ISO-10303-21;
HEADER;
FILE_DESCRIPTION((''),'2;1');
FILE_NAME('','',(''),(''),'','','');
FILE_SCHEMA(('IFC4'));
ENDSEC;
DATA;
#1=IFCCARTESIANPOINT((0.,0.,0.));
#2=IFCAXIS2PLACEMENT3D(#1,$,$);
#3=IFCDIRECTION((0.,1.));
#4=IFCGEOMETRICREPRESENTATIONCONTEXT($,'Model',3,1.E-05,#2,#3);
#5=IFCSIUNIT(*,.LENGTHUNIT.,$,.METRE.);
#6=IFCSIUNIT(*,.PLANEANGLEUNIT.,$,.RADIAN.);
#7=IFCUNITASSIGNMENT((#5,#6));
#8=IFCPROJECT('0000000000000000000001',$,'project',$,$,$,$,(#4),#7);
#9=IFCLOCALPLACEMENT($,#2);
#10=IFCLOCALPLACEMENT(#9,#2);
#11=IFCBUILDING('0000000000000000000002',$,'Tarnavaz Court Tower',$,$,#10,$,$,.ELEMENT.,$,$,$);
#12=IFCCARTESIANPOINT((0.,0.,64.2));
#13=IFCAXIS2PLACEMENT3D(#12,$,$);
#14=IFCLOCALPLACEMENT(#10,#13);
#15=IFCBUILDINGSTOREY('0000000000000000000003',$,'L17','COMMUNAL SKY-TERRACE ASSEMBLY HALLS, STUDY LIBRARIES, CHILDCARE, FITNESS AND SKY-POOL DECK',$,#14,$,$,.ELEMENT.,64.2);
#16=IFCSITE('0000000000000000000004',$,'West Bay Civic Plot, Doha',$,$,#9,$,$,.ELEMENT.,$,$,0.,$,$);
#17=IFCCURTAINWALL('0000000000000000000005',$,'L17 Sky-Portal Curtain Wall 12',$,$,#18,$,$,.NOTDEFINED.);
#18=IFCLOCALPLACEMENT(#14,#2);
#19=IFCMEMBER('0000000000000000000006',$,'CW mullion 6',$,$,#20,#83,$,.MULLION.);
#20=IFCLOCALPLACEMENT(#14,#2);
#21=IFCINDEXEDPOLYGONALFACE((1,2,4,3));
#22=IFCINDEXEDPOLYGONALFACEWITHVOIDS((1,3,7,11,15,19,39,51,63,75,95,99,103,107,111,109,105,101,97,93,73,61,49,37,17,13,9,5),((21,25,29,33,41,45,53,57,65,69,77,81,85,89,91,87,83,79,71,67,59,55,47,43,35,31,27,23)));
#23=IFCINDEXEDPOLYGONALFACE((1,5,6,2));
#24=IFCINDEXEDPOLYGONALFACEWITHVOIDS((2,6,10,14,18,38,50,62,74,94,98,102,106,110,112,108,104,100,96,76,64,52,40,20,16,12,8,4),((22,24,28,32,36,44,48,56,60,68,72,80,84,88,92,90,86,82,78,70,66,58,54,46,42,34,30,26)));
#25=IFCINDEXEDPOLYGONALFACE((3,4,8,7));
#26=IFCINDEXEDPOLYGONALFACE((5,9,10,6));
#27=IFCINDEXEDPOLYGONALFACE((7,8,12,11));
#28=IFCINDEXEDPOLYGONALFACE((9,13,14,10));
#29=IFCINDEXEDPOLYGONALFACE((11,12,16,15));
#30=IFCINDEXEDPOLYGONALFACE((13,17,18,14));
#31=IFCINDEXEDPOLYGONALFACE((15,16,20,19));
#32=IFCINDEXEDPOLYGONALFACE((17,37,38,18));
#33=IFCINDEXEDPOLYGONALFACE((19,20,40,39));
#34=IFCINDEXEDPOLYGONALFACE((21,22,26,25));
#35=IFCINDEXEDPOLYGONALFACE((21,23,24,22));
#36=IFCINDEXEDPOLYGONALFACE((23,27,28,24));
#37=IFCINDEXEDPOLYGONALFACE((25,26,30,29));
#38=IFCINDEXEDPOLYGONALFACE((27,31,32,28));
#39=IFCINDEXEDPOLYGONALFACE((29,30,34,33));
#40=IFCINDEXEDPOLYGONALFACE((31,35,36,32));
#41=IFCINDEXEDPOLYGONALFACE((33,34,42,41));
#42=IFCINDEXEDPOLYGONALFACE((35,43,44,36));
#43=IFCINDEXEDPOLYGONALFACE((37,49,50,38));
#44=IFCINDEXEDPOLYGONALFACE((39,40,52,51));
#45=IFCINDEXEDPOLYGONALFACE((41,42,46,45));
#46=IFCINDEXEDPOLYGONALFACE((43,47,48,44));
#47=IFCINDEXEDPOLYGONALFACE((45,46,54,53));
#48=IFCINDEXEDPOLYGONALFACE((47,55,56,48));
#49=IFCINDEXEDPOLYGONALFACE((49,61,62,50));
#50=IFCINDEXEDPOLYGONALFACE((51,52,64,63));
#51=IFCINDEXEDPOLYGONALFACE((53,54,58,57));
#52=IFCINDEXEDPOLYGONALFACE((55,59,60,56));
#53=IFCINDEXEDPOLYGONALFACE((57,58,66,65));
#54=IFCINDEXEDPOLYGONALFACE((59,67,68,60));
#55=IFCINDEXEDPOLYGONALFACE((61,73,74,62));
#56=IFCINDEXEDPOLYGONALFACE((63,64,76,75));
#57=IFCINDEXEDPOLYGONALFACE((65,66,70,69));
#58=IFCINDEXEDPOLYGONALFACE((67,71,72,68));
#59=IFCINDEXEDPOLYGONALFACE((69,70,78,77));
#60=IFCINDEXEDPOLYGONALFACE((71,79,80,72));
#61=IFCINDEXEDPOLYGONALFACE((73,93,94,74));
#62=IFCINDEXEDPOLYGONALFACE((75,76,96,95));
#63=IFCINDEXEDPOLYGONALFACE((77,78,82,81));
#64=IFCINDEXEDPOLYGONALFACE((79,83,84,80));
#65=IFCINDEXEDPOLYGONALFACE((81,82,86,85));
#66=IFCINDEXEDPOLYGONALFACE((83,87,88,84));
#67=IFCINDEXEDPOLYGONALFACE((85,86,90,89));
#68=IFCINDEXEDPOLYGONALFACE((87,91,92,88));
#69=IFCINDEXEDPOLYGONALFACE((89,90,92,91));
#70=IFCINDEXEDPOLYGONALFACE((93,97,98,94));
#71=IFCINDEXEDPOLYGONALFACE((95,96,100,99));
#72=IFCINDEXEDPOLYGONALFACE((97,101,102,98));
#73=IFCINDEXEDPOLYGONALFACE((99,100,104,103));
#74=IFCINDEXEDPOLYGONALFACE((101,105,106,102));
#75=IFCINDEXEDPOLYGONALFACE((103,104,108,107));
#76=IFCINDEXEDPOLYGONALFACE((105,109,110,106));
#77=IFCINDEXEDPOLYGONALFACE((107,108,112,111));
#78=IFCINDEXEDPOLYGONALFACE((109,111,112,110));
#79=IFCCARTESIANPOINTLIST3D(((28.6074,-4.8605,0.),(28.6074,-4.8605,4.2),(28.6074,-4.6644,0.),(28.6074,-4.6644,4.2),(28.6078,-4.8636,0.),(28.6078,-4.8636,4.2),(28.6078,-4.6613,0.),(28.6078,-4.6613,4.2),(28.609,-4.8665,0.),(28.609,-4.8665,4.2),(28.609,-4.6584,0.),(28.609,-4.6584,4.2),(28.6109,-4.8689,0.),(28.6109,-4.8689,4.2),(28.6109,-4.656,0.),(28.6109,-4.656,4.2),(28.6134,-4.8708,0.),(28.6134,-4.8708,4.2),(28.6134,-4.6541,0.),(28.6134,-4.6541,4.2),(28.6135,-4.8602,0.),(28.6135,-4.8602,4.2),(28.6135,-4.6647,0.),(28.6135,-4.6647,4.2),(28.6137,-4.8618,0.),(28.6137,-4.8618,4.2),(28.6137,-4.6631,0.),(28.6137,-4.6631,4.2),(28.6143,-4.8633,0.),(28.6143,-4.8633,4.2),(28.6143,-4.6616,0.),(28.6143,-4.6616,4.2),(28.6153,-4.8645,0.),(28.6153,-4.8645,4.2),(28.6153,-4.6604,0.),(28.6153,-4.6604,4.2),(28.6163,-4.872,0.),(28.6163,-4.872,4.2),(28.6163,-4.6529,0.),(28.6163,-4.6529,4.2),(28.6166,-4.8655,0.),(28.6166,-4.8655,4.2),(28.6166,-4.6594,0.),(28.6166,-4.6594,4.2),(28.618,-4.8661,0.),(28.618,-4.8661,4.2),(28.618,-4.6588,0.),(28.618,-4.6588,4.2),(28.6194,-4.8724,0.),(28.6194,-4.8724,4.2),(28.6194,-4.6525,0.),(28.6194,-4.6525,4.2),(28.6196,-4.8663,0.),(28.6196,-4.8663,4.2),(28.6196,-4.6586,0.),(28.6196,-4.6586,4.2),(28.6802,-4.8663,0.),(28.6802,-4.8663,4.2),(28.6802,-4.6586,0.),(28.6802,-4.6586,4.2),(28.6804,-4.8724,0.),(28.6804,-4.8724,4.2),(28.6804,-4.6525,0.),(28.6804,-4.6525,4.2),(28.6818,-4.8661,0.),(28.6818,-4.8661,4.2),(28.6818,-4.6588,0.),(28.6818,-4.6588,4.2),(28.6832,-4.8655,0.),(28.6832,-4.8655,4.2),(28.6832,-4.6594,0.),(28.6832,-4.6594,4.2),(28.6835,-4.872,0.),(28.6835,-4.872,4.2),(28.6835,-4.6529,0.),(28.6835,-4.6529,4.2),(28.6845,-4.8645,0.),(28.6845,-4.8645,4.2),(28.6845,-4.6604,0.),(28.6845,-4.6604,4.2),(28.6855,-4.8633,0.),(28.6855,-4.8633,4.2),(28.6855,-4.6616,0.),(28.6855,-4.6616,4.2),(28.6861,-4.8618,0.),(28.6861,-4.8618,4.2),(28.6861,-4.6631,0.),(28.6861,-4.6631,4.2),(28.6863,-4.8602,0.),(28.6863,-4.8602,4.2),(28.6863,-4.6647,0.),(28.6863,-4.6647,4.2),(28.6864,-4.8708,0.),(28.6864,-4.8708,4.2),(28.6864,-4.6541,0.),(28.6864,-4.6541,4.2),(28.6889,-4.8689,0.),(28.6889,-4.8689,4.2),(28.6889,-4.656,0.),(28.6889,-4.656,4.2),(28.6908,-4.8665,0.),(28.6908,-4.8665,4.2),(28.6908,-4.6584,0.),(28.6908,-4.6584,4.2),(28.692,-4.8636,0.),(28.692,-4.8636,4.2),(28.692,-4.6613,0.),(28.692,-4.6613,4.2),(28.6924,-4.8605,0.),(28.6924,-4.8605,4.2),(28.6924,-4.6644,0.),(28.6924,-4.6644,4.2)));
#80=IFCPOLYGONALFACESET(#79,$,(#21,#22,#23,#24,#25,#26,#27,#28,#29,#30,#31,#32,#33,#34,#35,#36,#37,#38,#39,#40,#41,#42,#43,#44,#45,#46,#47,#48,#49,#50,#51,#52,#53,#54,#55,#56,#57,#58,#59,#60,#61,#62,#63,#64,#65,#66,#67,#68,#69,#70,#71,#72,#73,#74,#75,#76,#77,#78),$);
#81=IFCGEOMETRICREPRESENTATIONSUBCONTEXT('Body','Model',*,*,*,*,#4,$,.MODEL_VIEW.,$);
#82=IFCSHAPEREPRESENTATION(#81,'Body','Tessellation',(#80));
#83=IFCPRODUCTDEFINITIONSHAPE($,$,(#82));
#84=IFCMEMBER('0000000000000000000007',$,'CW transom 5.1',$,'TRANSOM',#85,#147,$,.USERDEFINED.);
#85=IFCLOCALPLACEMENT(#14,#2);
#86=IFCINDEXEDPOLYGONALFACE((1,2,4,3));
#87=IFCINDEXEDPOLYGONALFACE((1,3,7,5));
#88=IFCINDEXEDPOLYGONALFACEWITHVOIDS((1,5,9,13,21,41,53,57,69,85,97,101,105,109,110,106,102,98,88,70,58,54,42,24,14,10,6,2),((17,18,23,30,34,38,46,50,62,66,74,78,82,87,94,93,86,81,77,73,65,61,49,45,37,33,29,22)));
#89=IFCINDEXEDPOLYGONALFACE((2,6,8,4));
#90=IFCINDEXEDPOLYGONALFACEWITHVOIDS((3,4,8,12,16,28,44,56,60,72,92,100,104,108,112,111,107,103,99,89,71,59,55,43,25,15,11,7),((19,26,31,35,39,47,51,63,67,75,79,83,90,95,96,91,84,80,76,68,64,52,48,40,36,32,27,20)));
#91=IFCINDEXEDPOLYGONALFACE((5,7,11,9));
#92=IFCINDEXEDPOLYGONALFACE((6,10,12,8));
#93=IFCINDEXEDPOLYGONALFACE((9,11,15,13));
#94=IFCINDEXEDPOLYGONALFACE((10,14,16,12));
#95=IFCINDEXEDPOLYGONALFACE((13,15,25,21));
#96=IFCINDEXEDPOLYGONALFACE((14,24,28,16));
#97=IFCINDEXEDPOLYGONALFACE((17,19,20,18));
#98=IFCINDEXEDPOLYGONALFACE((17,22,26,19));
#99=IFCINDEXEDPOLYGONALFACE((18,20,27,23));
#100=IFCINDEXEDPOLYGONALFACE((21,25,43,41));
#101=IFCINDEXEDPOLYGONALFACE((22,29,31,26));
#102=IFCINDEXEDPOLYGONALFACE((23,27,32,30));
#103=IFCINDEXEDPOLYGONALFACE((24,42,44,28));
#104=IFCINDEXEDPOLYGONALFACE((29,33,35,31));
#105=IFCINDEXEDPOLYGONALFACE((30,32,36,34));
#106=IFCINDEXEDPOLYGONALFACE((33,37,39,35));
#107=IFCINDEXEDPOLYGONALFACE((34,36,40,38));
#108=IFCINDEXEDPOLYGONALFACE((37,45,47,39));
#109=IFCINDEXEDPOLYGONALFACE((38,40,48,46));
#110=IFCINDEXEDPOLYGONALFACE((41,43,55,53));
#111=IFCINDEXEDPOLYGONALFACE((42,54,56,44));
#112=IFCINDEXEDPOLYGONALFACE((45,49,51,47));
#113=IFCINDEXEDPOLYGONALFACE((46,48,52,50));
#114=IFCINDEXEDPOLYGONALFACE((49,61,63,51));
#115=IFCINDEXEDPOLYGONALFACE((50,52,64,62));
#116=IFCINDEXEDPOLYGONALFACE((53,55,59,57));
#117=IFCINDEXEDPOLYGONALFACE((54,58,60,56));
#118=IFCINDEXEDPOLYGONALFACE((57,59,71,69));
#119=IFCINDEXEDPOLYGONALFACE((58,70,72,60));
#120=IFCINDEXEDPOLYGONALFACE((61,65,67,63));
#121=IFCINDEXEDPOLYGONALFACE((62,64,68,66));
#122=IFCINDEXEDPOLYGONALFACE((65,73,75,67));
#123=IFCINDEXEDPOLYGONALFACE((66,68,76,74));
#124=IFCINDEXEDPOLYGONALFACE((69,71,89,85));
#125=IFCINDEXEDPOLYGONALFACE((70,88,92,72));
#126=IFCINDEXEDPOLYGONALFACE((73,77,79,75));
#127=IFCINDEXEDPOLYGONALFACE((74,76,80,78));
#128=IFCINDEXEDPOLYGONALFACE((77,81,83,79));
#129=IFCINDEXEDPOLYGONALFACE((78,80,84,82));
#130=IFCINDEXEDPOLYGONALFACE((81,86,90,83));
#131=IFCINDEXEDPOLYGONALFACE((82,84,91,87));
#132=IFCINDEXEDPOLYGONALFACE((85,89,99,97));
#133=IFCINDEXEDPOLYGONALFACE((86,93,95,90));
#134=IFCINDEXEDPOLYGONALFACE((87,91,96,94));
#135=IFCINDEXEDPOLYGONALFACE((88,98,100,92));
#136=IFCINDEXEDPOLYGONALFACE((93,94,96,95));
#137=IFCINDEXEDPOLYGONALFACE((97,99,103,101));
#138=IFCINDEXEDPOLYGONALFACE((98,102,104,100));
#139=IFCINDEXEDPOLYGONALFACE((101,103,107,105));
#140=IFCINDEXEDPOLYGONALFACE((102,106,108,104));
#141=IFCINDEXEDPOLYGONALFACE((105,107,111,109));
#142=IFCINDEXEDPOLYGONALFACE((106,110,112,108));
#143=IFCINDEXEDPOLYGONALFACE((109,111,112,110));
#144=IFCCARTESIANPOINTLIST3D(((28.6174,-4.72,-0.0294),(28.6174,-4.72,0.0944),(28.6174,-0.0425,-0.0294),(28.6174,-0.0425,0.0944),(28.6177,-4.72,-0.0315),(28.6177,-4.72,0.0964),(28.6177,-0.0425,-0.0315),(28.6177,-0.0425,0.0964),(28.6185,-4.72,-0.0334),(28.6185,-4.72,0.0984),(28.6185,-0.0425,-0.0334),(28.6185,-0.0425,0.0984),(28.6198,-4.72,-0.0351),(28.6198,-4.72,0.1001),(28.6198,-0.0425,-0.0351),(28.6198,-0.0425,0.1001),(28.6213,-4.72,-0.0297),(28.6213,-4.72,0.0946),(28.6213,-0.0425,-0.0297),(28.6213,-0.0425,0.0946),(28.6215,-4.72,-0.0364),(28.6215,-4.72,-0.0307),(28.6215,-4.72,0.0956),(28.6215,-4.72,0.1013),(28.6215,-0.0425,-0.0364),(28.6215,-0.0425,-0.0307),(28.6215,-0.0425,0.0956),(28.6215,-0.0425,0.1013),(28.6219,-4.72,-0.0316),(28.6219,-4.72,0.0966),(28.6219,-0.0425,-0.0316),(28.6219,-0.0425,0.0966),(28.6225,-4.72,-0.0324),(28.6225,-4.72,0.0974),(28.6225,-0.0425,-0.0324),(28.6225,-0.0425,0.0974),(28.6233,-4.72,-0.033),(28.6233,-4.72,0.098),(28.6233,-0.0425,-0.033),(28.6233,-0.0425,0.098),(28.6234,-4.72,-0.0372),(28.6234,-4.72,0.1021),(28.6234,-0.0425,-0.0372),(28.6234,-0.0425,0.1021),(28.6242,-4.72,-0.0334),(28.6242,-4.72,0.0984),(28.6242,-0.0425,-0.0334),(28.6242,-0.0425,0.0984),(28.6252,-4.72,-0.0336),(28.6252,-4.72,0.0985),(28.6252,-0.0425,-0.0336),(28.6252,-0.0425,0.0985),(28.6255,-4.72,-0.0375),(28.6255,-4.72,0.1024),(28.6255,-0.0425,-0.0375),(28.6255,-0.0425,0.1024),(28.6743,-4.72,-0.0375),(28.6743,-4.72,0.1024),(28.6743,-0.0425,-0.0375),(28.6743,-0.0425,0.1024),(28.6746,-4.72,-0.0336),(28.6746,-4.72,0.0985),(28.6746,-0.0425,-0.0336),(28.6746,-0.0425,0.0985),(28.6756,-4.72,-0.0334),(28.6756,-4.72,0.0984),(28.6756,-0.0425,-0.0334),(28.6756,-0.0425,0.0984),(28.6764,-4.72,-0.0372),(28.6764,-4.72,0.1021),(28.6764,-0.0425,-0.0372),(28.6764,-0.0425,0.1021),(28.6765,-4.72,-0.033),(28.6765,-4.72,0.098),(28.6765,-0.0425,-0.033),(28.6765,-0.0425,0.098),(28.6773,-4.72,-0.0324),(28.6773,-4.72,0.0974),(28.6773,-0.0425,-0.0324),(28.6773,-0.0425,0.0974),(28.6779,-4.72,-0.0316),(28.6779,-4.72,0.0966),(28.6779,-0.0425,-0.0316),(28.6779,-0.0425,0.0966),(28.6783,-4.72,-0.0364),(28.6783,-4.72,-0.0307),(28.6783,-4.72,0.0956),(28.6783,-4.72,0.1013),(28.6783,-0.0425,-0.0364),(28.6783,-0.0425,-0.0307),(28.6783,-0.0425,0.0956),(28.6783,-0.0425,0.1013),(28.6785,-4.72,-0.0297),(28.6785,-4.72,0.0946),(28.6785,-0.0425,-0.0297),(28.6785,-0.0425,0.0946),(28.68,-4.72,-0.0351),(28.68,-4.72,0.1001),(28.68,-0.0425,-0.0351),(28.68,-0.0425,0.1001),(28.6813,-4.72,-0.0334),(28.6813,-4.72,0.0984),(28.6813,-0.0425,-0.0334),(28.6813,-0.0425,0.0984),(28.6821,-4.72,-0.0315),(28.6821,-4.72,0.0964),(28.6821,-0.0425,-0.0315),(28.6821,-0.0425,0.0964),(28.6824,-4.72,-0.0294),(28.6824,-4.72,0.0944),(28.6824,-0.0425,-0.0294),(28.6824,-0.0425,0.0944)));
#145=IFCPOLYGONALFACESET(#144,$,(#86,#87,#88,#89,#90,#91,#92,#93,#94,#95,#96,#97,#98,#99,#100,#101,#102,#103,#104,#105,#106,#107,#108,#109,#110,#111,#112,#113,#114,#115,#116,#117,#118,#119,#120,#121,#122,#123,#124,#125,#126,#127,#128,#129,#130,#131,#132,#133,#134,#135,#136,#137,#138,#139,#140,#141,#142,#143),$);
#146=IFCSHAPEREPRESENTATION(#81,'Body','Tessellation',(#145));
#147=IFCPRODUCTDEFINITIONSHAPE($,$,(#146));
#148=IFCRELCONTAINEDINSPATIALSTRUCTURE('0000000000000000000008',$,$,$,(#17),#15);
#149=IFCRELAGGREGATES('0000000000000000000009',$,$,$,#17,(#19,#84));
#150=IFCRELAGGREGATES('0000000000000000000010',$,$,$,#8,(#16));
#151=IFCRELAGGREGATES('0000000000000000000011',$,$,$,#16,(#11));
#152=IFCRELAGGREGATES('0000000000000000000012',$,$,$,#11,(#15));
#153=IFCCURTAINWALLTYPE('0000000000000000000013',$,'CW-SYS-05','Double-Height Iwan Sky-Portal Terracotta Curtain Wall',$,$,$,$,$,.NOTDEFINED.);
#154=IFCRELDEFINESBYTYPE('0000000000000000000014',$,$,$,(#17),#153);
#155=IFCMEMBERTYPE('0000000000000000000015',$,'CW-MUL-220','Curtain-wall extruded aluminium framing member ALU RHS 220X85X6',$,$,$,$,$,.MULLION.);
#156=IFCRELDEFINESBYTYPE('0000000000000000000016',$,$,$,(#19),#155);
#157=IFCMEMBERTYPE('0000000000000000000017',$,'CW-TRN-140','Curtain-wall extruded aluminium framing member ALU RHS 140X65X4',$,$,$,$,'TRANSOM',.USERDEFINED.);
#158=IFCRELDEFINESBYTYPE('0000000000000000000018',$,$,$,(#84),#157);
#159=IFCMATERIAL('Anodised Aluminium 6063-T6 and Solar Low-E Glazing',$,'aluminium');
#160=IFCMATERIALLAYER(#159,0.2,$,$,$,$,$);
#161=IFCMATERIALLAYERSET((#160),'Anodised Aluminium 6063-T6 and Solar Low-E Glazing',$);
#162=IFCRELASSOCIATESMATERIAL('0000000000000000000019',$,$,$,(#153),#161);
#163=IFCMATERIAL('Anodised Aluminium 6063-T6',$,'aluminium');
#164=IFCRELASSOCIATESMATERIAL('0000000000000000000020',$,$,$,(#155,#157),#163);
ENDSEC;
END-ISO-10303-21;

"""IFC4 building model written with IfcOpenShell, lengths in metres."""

from ifc_helpers import new_model, si_unit, direction, frame, origin, origin_2d, place, context, subcontext, project, spatial, hollow_rectangle, extrude, material, layer, layer_set, material_profile, profile_set, type_object, element, aggregate, save


model = new_model("IFC4")

# Units and contexts
model_context = context("Model", 3, precision=1e-05, world=origin(), true_north=direction((0.0, 1.0)))
body_context = subcontext(model_context, "Body", "Model", "MODEL_VIEW")
ifc_project = project(units=[si_unit("LENGTHUNIT", "METRE"), si_unit("PLANEANGLEUNIT", "RADIAN")], contexts=[model_context])

# Site, building, storey
site_placement = place(None, origin())
site = spatial("IfcSite", under=ifc_project, at=site_placement, Name="West Bay Civic Plot, Doha", CompositionType="ELEMENT", RefElevation=0.0)
building_placement = place(site_placement, origin())
building = spatial("IfcBuilding", under=site, at=building_placement, Name="Tarnavaz Court Tower", CompositionType="ELEMENT")
storey_placement = place(building_placement, frame((0.0, 0.0, 64.2)))
storey = spatial("IfcBuildingStorey", under=building, at=storey_placement, Name="L17", Description="COMMUNAL SKY-TERRACE ASSEMBLY HALLS, STUDY LIBRARIES, CHILDCARE, FITNESS AND SKY-POOL DECK", CompositionType="ELEMENT", Elevation=64.2)

# Curtain wall, members
ifc_material_1 = material(Name="Anodised Aluminium 6063-T6 and Solar Low-E Glazing", Category="aluminium")
ifc_layer_1 = layer(ifc_material_1, 0.2)
ifc_layer_set_1 = layer_set([ifc_layer_1], Name="Anodised Aluminium 6063-T6 and Solar Low-E Glazing")
curtain_wall_type = type_object("IfcCurtainWallType", Name="CW-SYS-05", Description="Double-Height Iwan Sky-Portal Terracotta Curtain Wall", PredefinedType="NOTDEFINED", material=ifc_layer_set_1)
curtain_wall_placement = place(storey_placement, origin())
curtain_wall = element("IfcCurtainWall", 1, at=curtain_wall_placement, inside=storey, type_object=curtain_wall_type, Name="L17 Sky-Portal Curtain Wall 12", PredefinedType="NOTDEFINED")
ifc_material_2 = material(Name="Anodised Aluminium 6063-T6", Category="aluminium")
ifc_material_profile_1 = material_profile(ifc_material_2, hollow_rectangle(XDim=0.085, YDim=0.22, WallThickness=0.0061, InnerFilletRadius=0.0061, OuterFilletRadius=0.012, at=origin_2d()), Name="ALU RHS 220X85X6")
ifc_profile_set_1 = profile_set([ifc_material_profile_1], Name="Anodised Aluminium 6063-T6")
member_type_1 = type_object("IfcMemberType", Name="CW-MUL-220", Description="Curtain-wall extruded aluminium framing member ALU RHS 220X85X6", PredefinedType="MULLION", material=ifc_profile_set_1)
member_1_placement = place(storey_placement, frame((28.6499, -4.7625, 0.0), z_axis=(0.0, 0.0, 1.0), x_axis=(1.0, 0.0, 0.0)))
member_1 = element("IfcMember", 2, at=member_1_placement, type_object=member_type_1, Name="CW mullion 6", PredefinedType="MULLION", context=body_context, shape_type="SweptSolid", body=[
    extrude(hollow_rectangle(XDim=0.085, YDim=0.22, WallThickness=0.0061, InnerFilletRadius=0.0061, OuterFilletRadius=0.012, at=origin_2d()), origin(), (0.0, 0.0, 1.0), 4.2),
])
ifc_material_profile_2 = material_profile(ifc_material_2, hollow_rectangle(XDim=0.0649, YDim=0.1399, WallThickness=0.0039, InnerFilletRadius=0.0039, OuterFilletRadius=0.0081, at=origin_2d()), Name="ALU RHS 140X65X4")
ifc_profile_set_2 = profile_set([ifc_material_profile_2], Name="Anodised Aluminium 6063-T6")
member_type_2 = type_object("IfcMemberType", Name="CW-TRN-140", Description="Curtain-wall extruded aluminium framing member ALU RHS 140X65X4", ElementType="TRANSOM", PredefinedType="USERDEFINED", material=ifc_profile_set_2)
member_2_placement = place(storey_placement, frame((28.6499, -0.0425, 0.0325), z_axis=(0.0, -1.0, 0.0), x_axis=(1.0, 0.0, 0.0)))
member_2 = element("IfcMember", 3, at=member_2_placement, type_object=member_type_2, Name="CW transom 5.1", ObjectType="TRANSOM", PredefinedType="USERDEFINED", context=body_context, shape_type="SweptSolid", body=[
    extrude(hollow_rectangle(XDim=0.0649, YDim=0.1399, WallThickness=0.0039, InnerFilletRadius=0.0039, OuterFilletRadius=0.0081, at=origin_2d()), origin(), (0.0, 0.0, 1.0), 4.6775),
])
aggregate(curtain_wall, [member_1, member_2])

save(model, "model.ifc")
